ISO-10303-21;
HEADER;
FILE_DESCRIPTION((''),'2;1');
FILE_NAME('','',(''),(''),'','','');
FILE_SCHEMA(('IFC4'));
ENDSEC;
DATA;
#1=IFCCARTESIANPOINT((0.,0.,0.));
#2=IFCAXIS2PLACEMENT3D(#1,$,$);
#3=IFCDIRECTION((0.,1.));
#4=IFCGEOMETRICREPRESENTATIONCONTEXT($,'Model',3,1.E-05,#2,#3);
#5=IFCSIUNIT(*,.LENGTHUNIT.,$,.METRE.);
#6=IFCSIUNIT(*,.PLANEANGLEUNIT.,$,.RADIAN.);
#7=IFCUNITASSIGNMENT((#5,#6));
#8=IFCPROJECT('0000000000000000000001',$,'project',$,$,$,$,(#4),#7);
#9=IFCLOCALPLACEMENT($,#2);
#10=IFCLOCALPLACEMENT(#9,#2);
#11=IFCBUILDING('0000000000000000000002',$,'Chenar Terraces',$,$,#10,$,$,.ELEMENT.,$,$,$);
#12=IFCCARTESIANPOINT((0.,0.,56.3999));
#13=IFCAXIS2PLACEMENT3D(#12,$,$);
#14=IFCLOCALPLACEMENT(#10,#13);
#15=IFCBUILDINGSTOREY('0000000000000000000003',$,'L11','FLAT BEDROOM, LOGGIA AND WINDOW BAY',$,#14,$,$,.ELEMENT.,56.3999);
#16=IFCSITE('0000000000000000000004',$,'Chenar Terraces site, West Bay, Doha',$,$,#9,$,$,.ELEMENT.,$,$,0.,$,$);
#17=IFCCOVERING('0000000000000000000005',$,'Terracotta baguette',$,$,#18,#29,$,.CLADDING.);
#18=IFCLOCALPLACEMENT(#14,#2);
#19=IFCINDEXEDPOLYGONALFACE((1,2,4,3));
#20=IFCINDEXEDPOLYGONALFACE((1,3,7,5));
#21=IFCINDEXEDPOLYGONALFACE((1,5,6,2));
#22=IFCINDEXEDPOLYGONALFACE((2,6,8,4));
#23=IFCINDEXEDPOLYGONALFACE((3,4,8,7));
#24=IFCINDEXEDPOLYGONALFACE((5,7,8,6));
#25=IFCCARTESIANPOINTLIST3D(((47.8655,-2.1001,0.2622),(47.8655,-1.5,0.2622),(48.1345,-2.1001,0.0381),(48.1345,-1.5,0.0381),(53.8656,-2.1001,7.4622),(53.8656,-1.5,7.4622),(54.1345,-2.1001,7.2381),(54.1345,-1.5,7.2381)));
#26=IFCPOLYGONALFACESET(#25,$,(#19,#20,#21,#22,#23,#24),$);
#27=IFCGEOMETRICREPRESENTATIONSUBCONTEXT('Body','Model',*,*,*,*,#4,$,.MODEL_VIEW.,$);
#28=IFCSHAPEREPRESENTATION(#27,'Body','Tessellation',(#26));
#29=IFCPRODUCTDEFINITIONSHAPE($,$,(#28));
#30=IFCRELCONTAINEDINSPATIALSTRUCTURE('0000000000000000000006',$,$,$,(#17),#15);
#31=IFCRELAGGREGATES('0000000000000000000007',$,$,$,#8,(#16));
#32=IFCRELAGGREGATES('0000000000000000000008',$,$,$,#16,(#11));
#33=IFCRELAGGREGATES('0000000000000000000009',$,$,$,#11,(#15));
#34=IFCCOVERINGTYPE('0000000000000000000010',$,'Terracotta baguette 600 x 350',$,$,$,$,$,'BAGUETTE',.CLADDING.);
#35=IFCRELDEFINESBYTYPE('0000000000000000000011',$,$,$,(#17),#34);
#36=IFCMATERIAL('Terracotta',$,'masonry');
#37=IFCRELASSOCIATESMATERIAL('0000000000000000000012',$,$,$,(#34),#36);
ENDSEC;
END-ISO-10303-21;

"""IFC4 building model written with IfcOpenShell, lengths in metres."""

from ifc_helpers import new_model, si_unit, direction, frame, origin, origin_2d, place, context, subcontext, project, spatial, rectangle, extrude, material, material_profile, profile_set, type_object, element, save


model = new_model("IFC4")

# Units and contexts
model_context = context("Model", 3, precision=1e-05, world=origin(), true_north=direction((0.0, 1.0)))
body_context = subcontext(model_context, "Body", "Model", "MODEL_VIEW")
ifc_project = project(units=[si_unit("LENGTHUNIT", "METRE"), si_unit("PLANEANGLEUNIT", "RADIAN")], contexts=[model_context])

# Site, building, storey
site_placement = place(None, origin())
site = spatial("IfcSite", under=ifc_project, at=site_placement, Name="Chenar Terraces site, West Bay, Doha", CompositionType="ELEMENT", RefElevation=0.0)
building_placement = place(site_placement, origin())
building = spatial("IfcBuilding", under=site, at=building_placement, Name="Chenar Terraces", CompositionType="ELEMENT")
storey_placement = place(building_placement, frame((0.0, 0.0, 56.3999)))
storey = spatial("IfcBuildingStorey", under=building, at=storey_placement, Name="L11", Description="FLAT BEDROOM, LOGGIA AND WINDOW BAY", CompositionType="ELEMENT", Elevation=56.3999)

# Covering
ifc_material_1 = material(Name="Terracotta", Category="masonry")
ifc_material_profile_1 = material_profile(ifc_material_1, rectangle(XDim=0.6001, YDim=0.3501, at=origin_2d()), Name="Terracotta baguette 600 x 350")
ifc_profile_set_1 = profile_set([ifc_material_profile_1], Name="Terracotta")
covering_type = type_object("IfcCoveringType", Name="Terracotta baguette 600 x 350", ElementType="BAGUETTE", PredefinedType="CLADDING", material=ifc_profile_set_1)
for number, where, z_axis, x_axis, name in (
    (1, (48.0, -1.8, 0.1501), (0.640187, 0.0, 0.768219), (0.0, 1.0, 0.0), "Terracotta baguette"),
):
    element("IfcCovering", number, at=place(storey_placement, frame(where, z_axis=z_axis, x_axis=x_axis)), inside=storey, type_object=covering_type, Name=name, PredefinedType="CLADDING", context=body_context, shape_type="SweptSolid", body=[
        extrude(rectangle(XDim=0.6001, YDim=0.3501, at=origin_2d()), origin(), (0.0, 0.0, 1.0), 9.3723),
    ])

save(model, "model.ifc")
